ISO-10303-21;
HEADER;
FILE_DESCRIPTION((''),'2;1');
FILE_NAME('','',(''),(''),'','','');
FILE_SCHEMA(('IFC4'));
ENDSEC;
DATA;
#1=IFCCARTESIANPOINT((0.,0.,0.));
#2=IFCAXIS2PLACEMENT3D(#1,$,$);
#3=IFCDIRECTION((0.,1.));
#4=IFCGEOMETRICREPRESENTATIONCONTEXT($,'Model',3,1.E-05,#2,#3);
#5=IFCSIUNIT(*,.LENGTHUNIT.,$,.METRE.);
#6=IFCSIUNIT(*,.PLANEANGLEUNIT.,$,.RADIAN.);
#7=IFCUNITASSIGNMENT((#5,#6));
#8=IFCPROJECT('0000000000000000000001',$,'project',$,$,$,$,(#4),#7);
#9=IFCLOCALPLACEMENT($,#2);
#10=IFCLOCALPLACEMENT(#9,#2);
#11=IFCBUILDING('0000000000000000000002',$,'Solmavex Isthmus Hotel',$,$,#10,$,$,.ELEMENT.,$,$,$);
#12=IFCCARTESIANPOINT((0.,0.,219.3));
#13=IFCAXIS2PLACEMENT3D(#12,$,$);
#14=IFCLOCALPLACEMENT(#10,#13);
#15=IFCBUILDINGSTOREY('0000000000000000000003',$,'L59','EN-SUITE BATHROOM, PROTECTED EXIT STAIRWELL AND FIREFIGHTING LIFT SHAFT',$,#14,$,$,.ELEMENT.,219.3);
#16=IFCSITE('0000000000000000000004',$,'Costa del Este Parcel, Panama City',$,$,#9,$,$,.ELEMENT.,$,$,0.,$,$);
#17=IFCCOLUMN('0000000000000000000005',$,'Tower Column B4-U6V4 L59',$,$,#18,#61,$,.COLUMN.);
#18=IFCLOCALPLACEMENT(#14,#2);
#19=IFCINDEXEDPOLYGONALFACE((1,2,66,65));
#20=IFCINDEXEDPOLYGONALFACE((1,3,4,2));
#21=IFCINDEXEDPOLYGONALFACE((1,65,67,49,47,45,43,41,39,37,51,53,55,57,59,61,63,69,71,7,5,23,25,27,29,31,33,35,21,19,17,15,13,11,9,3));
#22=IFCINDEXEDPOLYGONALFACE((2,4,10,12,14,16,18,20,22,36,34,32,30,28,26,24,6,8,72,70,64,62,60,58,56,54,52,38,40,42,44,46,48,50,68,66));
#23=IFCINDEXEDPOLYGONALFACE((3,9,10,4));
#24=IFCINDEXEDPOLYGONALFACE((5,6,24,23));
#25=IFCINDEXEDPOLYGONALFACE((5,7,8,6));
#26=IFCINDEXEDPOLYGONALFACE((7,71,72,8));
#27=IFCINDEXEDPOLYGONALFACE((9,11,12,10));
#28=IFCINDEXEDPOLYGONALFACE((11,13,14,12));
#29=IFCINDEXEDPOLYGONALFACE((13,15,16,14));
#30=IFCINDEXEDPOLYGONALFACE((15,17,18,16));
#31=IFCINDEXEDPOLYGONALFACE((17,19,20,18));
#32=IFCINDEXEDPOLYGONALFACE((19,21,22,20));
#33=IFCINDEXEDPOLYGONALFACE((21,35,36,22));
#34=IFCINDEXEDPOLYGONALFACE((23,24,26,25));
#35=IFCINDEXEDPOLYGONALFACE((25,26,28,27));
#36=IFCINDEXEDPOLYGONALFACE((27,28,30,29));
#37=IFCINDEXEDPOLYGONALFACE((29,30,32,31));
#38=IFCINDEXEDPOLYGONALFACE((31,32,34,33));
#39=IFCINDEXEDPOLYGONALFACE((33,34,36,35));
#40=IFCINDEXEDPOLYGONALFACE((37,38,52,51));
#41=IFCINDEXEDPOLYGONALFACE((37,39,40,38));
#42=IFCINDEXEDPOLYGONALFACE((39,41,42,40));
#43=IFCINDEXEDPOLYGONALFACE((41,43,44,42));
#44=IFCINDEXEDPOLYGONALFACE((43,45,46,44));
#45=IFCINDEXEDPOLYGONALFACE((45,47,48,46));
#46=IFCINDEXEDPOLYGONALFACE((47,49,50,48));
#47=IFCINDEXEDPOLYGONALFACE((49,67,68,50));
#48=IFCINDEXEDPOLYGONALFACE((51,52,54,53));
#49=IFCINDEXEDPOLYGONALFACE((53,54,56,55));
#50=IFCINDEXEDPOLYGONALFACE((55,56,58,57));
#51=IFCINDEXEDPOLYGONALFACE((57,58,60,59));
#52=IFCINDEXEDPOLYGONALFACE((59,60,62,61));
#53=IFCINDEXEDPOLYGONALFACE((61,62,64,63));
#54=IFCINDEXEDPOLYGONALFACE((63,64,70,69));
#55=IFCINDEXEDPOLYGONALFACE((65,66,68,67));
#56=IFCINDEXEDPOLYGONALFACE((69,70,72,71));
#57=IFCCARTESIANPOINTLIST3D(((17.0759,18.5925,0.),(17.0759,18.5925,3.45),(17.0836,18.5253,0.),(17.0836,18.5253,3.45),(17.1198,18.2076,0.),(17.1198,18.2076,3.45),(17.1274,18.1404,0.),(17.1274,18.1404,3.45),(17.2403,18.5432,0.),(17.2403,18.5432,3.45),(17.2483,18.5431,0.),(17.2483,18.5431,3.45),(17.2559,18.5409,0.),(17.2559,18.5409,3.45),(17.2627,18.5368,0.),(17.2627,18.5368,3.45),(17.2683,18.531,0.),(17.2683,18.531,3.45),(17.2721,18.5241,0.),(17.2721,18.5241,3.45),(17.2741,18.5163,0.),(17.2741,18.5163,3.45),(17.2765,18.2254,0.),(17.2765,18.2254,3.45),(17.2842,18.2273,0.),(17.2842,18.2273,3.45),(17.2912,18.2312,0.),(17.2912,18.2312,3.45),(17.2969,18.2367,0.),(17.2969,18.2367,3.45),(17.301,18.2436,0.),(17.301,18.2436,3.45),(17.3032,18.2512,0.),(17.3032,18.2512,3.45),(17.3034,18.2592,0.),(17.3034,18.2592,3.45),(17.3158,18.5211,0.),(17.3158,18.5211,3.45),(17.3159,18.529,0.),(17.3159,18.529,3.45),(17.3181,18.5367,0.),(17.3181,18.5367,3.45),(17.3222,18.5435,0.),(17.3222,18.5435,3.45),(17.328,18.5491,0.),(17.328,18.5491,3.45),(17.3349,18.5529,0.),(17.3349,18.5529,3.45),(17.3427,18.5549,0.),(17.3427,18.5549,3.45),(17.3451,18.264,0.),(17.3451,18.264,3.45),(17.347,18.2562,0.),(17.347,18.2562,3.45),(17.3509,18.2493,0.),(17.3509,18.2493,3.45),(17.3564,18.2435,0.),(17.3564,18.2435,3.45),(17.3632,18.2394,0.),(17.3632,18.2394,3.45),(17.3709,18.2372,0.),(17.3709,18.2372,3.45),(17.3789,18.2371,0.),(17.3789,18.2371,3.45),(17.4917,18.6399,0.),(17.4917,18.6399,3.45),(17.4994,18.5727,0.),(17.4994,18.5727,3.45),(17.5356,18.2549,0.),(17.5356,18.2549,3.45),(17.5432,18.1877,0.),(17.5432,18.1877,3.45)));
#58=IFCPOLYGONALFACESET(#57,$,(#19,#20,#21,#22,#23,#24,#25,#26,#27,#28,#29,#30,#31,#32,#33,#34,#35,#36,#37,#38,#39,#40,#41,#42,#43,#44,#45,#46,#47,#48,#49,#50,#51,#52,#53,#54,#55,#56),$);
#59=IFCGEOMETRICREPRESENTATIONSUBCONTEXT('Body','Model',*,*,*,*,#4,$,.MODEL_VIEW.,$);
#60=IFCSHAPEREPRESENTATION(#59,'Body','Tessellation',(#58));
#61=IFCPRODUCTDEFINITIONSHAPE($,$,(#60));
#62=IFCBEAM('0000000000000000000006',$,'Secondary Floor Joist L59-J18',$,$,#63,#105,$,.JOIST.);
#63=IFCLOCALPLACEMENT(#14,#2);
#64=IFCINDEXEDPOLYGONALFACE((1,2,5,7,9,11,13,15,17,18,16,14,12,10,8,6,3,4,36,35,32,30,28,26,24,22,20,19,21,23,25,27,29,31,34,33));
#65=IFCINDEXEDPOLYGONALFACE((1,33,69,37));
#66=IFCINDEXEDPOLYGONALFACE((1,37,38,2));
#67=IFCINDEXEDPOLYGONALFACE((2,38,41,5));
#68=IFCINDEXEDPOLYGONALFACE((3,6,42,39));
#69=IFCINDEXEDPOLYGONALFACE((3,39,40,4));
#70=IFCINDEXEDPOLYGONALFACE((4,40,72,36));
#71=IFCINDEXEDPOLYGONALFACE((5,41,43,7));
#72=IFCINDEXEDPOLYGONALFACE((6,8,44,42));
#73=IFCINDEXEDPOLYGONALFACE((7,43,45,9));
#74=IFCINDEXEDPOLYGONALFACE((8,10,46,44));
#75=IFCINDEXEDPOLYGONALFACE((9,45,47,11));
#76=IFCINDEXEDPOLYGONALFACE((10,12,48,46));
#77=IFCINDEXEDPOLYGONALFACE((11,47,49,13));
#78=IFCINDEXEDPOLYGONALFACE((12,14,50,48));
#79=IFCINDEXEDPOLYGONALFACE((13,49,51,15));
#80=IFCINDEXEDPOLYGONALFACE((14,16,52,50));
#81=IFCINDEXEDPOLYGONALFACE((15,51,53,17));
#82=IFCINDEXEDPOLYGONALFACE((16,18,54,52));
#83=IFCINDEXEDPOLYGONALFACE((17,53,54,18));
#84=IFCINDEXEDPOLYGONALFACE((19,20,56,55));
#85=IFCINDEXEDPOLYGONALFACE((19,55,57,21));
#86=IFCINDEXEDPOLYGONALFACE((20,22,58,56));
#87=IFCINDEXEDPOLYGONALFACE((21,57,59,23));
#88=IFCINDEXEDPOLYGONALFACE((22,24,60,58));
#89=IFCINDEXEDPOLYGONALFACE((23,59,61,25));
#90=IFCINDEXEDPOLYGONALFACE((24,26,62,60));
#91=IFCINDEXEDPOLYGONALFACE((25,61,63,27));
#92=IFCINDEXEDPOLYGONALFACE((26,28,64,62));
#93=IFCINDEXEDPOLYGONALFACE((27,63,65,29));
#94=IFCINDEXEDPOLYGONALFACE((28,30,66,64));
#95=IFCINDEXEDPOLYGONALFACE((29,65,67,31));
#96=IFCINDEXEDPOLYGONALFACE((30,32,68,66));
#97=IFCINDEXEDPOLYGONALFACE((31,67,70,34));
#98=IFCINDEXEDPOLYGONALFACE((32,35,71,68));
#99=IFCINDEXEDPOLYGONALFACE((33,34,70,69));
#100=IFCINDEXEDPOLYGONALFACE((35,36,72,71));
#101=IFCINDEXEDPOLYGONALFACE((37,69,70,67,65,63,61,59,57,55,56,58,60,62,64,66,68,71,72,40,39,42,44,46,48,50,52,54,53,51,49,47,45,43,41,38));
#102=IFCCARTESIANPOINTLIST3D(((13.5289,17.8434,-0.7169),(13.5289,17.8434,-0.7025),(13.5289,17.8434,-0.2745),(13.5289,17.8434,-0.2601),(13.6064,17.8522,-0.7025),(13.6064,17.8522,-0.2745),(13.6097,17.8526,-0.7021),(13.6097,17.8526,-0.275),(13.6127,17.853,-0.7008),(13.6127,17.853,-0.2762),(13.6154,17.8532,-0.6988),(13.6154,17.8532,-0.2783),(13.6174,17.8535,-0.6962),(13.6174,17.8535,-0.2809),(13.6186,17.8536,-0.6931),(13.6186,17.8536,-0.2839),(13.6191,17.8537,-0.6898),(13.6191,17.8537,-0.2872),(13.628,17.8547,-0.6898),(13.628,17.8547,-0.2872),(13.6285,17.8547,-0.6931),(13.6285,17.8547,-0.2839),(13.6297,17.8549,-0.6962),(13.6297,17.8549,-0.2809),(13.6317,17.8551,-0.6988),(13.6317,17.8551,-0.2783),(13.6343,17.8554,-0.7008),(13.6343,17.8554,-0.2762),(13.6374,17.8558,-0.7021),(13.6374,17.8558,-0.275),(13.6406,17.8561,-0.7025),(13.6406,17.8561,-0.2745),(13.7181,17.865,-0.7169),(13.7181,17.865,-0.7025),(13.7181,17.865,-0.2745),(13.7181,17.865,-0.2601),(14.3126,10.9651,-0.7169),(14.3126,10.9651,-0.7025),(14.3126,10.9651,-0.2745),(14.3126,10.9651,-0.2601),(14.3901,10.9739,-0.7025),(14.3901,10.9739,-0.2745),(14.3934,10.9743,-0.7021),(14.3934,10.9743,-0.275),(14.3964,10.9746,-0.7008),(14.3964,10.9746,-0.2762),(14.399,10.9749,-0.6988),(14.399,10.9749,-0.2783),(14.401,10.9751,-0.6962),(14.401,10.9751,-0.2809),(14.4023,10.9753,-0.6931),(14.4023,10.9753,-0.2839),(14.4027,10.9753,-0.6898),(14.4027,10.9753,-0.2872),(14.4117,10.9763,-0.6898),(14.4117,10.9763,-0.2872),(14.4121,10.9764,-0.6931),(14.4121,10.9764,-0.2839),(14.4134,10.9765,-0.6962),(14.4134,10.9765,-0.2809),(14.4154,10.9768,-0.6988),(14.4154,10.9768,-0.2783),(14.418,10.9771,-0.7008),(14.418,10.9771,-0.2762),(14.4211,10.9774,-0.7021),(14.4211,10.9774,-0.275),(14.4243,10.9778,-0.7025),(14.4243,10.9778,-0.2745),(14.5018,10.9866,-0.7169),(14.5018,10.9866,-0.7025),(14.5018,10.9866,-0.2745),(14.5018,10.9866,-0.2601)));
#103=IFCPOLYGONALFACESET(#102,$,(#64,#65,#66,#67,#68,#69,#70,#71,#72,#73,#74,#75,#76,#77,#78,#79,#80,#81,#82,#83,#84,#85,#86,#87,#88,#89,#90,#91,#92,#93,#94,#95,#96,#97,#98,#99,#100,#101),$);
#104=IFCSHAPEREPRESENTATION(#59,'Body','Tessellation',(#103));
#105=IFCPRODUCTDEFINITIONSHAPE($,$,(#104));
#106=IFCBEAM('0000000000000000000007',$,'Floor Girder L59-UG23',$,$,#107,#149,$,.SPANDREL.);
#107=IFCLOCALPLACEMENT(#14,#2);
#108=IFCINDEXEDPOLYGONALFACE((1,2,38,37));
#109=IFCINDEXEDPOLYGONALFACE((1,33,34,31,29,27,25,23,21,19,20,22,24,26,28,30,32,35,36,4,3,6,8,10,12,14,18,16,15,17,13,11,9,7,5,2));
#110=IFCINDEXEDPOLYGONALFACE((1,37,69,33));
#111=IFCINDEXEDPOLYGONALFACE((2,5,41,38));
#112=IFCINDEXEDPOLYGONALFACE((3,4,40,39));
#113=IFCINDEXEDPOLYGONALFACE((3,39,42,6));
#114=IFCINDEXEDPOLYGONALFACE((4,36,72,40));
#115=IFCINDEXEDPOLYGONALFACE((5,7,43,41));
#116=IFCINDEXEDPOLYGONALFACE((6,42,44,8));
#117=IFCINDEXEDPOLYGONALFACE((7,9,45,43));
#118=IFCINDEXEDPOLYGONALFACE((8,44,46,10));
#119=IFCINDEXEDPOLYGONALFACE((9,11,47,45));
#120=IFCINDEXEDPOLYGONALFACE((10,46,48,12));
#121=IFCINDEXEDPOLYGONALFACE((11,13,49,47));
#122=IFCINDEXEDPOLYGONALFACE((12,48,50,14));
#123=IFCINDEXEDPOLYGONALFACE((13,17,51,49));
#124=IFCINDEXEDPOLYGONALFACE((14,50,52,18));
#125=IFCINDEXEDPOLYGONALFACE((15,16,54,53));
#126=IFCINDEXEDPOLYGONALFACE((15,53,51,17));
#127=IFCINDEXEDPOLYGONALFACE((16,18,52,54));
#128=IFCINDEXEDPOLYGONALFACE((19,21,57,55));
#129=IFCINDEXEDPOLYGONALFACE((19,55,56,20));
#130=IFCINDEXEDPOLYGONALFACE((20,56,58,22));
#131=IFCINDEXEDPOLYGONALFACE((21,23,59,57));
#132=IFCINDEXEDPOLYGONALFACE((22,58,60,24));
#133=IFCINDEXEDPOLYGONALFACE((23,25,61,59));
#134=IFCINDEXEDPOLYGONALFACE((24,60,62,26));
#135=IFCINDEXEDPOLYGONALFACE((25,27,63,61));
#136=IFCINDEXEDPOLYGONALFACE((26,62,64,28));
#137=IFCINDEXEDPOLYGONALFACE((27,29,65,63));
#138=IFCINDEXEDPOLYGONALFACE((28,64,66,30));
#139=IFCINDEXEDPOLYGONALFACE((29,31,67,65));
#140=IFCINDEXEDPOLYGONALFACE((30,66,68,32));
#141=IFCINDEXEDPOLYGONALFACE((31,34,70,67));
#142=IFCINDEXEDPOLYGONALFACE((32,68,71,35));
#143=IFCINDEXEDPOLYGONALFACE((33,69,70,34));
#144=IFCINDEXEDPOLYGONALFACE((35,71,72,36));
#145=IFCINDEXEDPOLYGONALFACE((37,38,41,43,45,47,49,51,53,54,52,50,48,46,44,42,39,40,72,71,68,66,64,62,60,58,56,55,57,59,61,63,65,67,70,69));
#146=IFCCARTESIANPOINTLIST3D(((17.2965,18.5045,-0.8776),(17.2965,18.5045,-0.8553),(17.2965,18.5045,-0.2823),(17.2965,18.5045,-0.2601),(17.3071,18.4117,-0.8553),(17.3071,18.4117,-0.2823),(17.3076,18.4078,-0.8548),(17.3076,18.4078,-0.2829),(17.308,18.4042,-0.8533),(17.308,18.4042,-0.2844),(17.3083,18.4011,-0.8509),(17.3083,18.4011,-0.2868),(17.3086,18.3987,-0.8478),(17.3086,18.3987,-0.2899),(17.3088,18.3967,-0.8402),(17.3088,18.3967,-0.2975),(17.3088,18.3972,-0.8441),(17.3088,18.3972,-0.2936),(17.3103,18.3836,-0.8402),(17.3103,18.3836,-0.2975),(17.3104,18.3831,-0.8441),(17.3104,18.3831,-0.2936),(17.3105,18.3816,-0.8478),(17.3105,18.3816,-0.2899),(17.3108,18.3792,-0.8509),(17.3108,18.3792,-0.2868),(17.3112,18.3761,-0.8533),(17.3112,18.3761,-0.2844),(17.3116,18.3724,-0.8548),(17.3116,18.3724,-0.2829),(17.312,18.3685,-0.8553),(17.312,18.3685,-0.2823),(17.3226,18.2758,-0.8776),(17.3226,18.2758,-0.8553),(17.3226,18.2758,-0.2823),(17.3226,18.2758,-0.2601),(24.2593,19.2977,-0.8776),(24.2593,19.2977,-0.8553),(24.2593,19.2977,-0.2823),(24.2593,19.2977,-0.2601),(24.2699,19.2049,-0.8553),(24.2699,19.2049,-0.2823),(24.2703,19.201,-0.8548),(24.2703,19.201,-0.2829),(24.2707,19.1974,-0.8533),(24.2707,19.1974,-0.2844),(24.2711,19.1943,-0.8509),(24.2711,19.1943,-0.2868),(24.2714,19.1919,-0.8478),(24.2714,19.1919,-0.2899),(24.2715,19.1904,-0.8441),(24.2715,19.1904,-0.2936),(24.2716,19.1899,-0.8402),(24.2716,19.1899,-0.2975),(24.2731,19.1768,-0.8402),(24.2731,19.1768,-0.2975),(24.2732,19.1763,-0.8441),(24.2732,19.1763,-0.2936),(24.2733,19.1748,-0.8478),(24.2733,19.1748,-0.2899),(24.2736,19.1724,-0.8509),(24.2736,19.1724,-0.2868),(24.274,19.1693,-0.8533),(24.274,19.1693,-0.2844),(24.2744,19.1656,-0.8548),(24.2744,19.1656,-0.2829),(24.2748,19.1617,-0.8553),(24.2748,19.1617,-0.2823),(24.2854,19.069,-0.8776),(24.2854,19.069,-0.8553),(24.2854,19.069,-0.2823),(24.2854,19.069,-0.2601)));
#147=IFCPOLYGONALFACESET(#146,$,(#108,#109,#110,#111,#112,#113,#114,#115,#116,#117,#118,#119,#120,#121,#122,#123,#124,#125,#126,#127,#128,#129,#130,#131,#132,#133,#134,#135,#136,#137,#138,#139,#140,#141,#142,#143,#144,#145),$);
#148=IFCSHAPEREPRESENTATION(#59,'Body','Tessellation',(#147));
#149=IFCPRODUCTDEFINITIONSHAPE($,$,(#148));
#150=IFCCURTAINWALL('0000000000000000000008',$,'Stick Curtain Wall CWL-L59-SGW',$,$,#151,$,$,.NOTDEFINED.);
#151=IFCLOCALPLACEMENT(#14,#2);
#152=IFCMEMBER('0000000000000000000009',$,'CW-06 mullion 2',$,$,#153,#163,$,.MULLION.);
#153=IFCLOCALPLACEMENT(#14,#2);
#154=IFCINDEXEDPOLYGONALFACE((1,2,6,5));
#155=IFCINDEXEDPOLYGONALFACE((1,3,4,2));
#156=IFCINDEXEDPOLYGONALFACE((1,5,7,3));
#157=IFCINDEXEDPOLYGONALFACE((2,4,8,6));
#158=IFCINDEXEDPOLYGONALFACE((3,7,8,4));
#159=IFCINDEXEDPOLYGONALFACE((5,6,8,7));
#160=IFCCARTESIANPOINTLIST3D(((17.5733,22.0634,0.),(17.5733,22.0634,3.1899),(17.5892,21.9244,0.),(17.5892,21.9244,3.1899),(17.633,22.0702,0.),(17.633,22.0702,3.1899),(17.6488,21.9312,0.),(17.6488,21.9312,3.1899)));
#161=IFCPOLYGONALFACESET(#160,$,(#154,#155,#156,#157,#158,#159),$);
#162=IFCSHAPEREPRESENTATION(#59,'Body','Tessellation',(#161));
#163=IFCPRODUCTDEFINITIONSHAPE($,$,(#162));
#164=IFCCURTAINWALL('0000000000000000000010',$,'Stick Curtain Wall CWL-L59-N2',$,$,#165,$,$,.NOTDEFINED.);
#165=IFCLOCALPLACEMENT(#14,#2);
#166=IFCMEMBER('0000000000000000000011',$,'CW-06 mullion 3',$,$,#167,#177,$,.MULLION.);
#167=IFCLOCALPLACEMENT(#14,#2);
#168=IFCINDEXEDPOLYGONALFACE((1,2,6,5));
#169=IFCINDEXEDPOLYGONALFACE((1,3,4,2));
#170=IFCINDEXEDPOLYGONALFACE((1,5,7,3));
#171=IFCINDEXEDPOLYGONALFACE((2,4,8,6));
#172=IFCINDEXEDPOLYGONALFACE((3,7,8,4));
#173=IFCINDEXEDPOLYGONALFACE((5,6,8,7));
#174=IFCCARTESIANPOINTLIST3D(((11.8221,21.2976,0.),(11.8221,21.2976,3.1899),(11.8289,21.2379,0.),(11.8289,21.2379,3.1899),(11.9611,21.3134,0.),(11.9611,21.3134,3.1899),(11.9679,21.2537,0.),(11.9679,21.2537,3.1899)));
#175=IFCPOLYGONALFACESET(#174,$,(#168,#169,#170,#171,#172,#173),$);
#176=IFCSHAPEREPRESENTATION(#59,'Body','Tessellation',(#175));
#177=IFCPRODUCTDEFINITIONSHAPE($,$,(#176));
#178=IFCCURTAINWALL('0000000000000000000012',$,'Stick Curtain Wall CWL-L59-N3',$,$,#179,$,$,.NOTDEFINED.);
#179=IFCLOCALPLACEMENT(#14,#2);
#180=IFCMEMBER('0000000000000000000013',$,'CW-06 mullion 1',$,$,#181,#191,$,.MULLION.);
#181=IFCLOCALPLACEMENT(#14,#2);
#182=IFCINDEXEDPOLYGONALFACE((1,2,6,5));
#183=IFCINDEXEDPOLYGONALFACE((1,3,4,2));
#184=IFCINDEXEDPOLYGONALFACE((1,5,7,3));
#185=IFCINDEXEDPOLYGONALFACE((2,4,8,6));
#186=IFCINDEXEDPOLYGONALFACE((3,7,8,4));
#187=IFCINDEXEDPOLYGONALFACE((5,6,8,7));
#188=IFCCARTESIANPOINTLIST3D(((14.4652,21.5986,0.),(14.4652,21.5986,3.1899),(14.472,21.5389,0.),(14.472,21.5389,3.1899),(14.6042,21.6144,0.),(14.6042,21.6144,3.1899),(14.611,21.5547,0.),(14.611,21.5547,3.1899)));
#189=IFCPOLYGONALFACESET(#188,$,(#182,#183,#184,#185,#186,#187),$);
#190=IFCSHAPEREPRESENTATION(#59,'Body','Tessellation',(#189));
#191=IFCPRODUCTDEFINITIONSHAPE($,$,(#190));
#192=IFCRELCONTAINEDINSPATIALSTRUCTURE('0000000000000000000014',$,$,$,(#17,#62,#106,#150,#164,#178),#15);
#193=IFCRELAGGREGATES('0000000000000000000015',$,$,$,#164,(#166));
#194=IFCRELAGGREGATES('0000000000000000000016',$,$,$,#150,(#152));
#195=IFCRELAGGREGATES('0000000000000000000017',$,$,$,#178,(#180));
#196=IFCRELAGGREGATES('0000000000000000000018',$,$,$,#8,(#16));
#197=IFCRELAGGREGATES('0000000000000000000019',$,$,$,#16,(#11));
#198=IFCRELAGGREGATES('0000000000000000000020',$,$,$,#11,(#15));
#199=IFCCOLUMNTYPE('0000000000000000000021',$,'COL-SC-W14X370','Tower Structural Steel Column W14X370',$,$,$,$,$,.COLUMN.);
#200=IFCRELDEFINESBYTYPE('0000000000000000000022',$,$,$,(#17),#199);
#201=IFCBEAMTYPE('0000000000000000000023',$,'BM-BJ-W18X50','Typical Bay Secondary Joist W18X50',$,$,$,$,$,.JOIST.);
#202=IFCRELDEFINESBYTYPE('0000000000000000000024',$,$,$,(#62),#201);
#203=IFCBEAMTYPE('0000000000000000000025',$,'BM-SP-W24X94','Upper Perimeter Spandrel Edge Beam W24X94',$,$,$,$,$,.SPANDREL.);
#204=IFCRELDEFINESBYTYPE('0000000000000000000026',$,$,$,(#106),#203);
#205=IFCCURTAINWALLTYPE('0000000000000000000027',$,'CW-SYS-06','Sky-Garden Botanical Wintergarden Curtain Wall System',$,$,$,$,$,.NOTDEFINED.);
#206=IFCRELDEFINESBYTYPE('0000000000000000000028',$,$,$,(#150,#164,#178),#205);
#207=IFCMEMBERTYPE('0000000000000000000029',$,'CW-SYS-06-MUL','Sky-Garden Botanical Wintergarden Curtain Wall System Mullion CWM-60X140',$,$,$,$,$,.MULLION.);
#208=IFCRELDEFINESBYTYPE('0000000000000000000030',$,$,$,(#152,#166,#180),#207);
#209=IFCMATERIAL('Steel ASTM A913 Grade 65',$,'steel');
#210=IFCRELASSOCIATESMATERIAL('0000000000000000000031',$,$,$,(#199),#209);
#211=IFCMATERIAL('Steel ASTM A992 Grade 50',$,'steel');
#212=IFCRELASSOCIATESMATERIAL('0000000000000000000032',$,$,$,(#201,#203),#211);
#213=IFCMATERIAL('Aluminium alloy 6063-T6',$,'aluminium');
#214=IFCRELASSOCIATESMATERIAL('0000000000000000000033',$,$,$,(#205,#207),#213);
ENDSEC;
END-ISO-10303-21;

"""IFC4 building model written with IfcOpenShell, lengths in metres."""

from ifc_helpers import new_model, si_unit, direction, frame, origin, origin_2d, place, context, subcontext, project, spatial, rectangle, i_section, extrude, material, material_profile, profile_set, type_object, element, aggregate, save


model = new_model("IFC4")

# Units and contexts
model_context = context("Model", 3, precision=1e-05, world=origin(), true_north=direction((0.0, 1.0)))
body_context = subcontext(model_context, "Body", "Model", "MODEL_VIEW")
ifc_project = project(units=[si_unit("LENGTHUNIT", "METRE"), si_unit("PLANEANGLEUNIT", "RADIAN")], contexts=[model_context])

# Site, building, storey
site_placement = place(None, origin())
site = spatial("IfcSite", under=ifc_project, at=site_placement, Name="Costa del Este Parcel, Panama City", CompositionType="ELEMENT", RefElevation=0.0)
building_placement = place(site_placement, origin())
building = spatial("IfcBuilding", under=site, at=building_placement, Name="Solmavex Isthmus Hotel", CompositionType="ELEMENT")
storey_placement = place(building_placement, frame((0.0, 0.0, 219.3)))
storey = spatial("IfcBuildingStorey", under=building, at=storey_placement, Name="L59", Description="EN-SUITE BATHROOM, PROTECTED EXIT STAIRWELL AND FIREFIGHTING LIFT SHAFT", CompositionType="ELEMENT", Elevation=219.3)

# Column
ifc_material_1 = material(Name="Steel ASTM A913 Grade 65", Category="steel")
ifc_material_profile_1 = material_profile(ifc_material_1, i_section(OverallWidth=0.4185, OverallDepth=0.4551, WebThickness=0.042, FlangeThickness=0.0676, FilletRadius=0.0305, at=origin_2d()), Name="W14X370")
ifc_profile_set_1 = profile_set([ifc_material_profile_1], Name="Steel ASTM A913 Grade 65")
column_type = type_object("IfcColumnType", Name="COL-SC-W14X370", Description="Tower Structural Steel Column W14X370", PredefinedType="COLUMN", material=ifc_profile_set_1)
column_placement = place(storey_placement, frame((17.3096, 18.3901, 0.0), z_axis=(0.0, 0.0, 1.0), x_axis=(0.993572, 0.113203, 0.0)))
element("IfcColumn", 1, at=column_placement, inside=storey, type_object=column_type, Name="Tower Column B4-U6V4 L59", PredefinedType="COLUMN", context=body_context, shape_type="SweptSolid", body=[
    extrude(i_section(OverallWidth=0.4185, OverallDepth=0.4551, WebThickness=0.042, FlangeThickness=0.0676, FilletRadius=0.0305, at=origin_2d()), origin(), (0.0, 0.0, 1.0), 3.45),
])

# Beams
ifc_material_2 = material(Name="Steel ASTM A992 Grade 50", Category="steel")
ifc_material_profile_2 = material_profile(ifc_material_2, i_section(OverallWidth=0.1904, OverallDepth=0.4568, WebThickness=0.009, FlangeThickness=0.0144, FilletRadius=0.0127, at=origin_2d()), Name="W18X50")
ifc_profile_set_2 = profile_set([ifc_material_profile_2], Name="Steel ASTM A992 Grade 50")
beam_type_1 = type_object("IfcBeamType", Name="BM-BJ-W18X50", Description="Typical Bay Secondary Joist W18X50", PredefinedType="JOIST", material=ifc_profile_set_2)
beam_1_placement = place(storey_placement, frame((14.4072, 10.9758, -0.4885), z_axis=(-0.113202, 0.993572, 0.0), x_axis=(-0.993572, -0.113202, 0.0)))
element("IfcBeam", 2, at=beam_1_placement, inside=storey, type_object=beam_type_1, Name="Secondary Floor Joist L59-J18", PredefinedType="JOIST", context=body_context, shape_type="SweptSolid", body=[
    extrude(i_section(OverallWidth=0.1904, OverallDepth=0.4568, WebThickness=0.009, FlangeThickness=0.0144, FilletRadius=0.0127, at=origin_2d()), origin(), (0.0, 0.0, 1.0), 6.9229),
])
ifc_material_profile_3 = material_profile(ifc_material_2, i_section(OverallWidth=0.2302, OverallDepth=0.6174, WebThickness=0.0132, FlangeThickness=0.0222, FilletRadius=0.0151, at=origin_2d()), Name="W24X94")
ifc_profile_set_3 = profile_set([ifc_material_profile_3], Name="Steel ASTM A992 Grade 50")
beam_type_2 = type_object("IfcBeamType", Name="BM-SP-W24X94", Description="Upper Perimeter Spandrel Edge Beam W24X94", PredefinedType="SPANDREL", material=ifc_profile_set_3)
beam_2_placement = place(storey_placement, frame((17.3096, 18.3901, -0.5688), z_axis=(0.993574, 0.113188, 0.0), x_axis=(-0.113188, 0.993574, 0.0)))
element("IfcBeam", 3, at=beam_2_placement, inside=storey, type_object=beam_type_2, Name="Floor Girder L59-UG23", PredefinedType="SPANDREL", context=body_context, shape_type="SweptSolid", body=[
    extrude(i_section(OverallWidth=0.2302, OverallDepth=0.6174, WebThickness=0.0132, FlangeThickness=0.0222, FilletRadius=0.0151, at=origin_2d()), origin(), (0.0, 0.0, 1.0), 7.0078),
])

# Curtain walls, members
ifc_material_3 = material(Name="Aluminium alloy 6063-T6", Category="aluminium")
curtain_wall_type = type_object("IfcCurtainWallType", Name="CW-SYS-06", Description="Sky-Garden Botanical Wintergarden Curtain Wall System", PredefinedType="NOTDEFINED", material=ifc_material_3)
curtain_wall_1_placement = place(storey_placement, origin())
curtain_wall_1 = element("IfcCurtainWall", 4, at=curtain_wall_1_placement, inside=storey, type_object=curtain_wall_type, Name="Stick Curtain Wall CWL-L59-SGW", PredefinedType="NOTDEFINED")
ifc_material_profile_4 = material_profile(ifc_material_3, rectangle(XDim=0.0601, YDim=0.1399, at=origin_2d()), Name="CWM-60X140")
ifc_profile_set_4 = profile_set([ifc_material_profile_4], Name="Aluminium alloy 6063-T6")
member_type_1 = type_object("IfcMemberType", Name="CW-SYS-06-MUL", Description="Sky-Garden Botanical Wintergarden Curtain Wall System Mullion CWM-60X140", PredefinedType="MULLION", material=ifc_profile_set_4)
member_1_placement = place(storey_placement, frame((17.6111, 21.9973, 0.0), z_axis=(0.0, 0.0, 1.0), x_axis=(-0.993572, -0.113202, 0.0)))
member_1 = element("IfcMember", 5, at=member_1_placement, type_object=member_type_1, Name="CW-06 mullion 2", PredefinedType="MULLION", context=body_context, shape_type="SweptSolid", body=[
    extrude(rectangle(XDim=0.0601, YDim=0.1399, at=origin_2d()), origin(), (0.0, 0.0, 1.0), 3.1899),
])
curtain_wall_2_placement = place(storey_placement, origin())
curtain_wall_2 = element("IfcCurtainWall", 6, at=curtain_wall_2_placement, inside=storey, type_object=curtain_wall_type, Name="Stick Curtain Wall CWL-L59-N2", PredefinedType="NOTDEFINED")
member_2_placement = place(storey_placement, frame((11.895, 21.2756, 0.0), z_axis=(0.0, 0.0, 1.0), x_axis=(-0.113203, 0.993572, 0.0)))
member_2 = element("IfcMember", 7, at=member_2_placement, type_object=member_type_1, Name="CW-06 mullion 3", PredefinedType="MULLION", context=body_context, shape_type="SweptSolid", body=[
    extrude(rectangle(XDim=0.0601, YDim=0.1399, at=origin_2d()), origin(), (0.0, 0.0, 1.0), 3.1899),
])
aggregate(curtain_wall_2, [member_2])

# Curtain wall, member
curtain_wall_3_placement = place(storey_placement, origin())
curtain_wall_3 = element("IfcCurtainWall", 8, at=curtain_wall_3_placement, inside=storey, type_object=curtain_wall_type, Name="Stick Curtain Wall CWL-L59-N3", PredefinedType="NOTDEFINED")
member_3_placement = place(storey_placement, frame((14.5381, 21.5767, 0.0), z_axis=(0.0, 0.0, 1.0), x_axis=(-0.113203, 0.993572, 0.0)))
member_3 = element("IfcMember", 9, at=member_3_placement, type_object=member_type_1, Name="CW-06 mullion 1", PredefinedType="MULLION", context=body_context, shape_type="SweptSolid", body=[
    extrude(rectangle(XDim=0.0601, YDim=0.1399, at=origin_2d()), origin(), (0.0, 0.0, 1.0), 3.1899),
])

aggregate(curtain_wall_1, [member_1])
aggregate(curtain_wall_3, [member_3])

save(model, "model.ifc")
